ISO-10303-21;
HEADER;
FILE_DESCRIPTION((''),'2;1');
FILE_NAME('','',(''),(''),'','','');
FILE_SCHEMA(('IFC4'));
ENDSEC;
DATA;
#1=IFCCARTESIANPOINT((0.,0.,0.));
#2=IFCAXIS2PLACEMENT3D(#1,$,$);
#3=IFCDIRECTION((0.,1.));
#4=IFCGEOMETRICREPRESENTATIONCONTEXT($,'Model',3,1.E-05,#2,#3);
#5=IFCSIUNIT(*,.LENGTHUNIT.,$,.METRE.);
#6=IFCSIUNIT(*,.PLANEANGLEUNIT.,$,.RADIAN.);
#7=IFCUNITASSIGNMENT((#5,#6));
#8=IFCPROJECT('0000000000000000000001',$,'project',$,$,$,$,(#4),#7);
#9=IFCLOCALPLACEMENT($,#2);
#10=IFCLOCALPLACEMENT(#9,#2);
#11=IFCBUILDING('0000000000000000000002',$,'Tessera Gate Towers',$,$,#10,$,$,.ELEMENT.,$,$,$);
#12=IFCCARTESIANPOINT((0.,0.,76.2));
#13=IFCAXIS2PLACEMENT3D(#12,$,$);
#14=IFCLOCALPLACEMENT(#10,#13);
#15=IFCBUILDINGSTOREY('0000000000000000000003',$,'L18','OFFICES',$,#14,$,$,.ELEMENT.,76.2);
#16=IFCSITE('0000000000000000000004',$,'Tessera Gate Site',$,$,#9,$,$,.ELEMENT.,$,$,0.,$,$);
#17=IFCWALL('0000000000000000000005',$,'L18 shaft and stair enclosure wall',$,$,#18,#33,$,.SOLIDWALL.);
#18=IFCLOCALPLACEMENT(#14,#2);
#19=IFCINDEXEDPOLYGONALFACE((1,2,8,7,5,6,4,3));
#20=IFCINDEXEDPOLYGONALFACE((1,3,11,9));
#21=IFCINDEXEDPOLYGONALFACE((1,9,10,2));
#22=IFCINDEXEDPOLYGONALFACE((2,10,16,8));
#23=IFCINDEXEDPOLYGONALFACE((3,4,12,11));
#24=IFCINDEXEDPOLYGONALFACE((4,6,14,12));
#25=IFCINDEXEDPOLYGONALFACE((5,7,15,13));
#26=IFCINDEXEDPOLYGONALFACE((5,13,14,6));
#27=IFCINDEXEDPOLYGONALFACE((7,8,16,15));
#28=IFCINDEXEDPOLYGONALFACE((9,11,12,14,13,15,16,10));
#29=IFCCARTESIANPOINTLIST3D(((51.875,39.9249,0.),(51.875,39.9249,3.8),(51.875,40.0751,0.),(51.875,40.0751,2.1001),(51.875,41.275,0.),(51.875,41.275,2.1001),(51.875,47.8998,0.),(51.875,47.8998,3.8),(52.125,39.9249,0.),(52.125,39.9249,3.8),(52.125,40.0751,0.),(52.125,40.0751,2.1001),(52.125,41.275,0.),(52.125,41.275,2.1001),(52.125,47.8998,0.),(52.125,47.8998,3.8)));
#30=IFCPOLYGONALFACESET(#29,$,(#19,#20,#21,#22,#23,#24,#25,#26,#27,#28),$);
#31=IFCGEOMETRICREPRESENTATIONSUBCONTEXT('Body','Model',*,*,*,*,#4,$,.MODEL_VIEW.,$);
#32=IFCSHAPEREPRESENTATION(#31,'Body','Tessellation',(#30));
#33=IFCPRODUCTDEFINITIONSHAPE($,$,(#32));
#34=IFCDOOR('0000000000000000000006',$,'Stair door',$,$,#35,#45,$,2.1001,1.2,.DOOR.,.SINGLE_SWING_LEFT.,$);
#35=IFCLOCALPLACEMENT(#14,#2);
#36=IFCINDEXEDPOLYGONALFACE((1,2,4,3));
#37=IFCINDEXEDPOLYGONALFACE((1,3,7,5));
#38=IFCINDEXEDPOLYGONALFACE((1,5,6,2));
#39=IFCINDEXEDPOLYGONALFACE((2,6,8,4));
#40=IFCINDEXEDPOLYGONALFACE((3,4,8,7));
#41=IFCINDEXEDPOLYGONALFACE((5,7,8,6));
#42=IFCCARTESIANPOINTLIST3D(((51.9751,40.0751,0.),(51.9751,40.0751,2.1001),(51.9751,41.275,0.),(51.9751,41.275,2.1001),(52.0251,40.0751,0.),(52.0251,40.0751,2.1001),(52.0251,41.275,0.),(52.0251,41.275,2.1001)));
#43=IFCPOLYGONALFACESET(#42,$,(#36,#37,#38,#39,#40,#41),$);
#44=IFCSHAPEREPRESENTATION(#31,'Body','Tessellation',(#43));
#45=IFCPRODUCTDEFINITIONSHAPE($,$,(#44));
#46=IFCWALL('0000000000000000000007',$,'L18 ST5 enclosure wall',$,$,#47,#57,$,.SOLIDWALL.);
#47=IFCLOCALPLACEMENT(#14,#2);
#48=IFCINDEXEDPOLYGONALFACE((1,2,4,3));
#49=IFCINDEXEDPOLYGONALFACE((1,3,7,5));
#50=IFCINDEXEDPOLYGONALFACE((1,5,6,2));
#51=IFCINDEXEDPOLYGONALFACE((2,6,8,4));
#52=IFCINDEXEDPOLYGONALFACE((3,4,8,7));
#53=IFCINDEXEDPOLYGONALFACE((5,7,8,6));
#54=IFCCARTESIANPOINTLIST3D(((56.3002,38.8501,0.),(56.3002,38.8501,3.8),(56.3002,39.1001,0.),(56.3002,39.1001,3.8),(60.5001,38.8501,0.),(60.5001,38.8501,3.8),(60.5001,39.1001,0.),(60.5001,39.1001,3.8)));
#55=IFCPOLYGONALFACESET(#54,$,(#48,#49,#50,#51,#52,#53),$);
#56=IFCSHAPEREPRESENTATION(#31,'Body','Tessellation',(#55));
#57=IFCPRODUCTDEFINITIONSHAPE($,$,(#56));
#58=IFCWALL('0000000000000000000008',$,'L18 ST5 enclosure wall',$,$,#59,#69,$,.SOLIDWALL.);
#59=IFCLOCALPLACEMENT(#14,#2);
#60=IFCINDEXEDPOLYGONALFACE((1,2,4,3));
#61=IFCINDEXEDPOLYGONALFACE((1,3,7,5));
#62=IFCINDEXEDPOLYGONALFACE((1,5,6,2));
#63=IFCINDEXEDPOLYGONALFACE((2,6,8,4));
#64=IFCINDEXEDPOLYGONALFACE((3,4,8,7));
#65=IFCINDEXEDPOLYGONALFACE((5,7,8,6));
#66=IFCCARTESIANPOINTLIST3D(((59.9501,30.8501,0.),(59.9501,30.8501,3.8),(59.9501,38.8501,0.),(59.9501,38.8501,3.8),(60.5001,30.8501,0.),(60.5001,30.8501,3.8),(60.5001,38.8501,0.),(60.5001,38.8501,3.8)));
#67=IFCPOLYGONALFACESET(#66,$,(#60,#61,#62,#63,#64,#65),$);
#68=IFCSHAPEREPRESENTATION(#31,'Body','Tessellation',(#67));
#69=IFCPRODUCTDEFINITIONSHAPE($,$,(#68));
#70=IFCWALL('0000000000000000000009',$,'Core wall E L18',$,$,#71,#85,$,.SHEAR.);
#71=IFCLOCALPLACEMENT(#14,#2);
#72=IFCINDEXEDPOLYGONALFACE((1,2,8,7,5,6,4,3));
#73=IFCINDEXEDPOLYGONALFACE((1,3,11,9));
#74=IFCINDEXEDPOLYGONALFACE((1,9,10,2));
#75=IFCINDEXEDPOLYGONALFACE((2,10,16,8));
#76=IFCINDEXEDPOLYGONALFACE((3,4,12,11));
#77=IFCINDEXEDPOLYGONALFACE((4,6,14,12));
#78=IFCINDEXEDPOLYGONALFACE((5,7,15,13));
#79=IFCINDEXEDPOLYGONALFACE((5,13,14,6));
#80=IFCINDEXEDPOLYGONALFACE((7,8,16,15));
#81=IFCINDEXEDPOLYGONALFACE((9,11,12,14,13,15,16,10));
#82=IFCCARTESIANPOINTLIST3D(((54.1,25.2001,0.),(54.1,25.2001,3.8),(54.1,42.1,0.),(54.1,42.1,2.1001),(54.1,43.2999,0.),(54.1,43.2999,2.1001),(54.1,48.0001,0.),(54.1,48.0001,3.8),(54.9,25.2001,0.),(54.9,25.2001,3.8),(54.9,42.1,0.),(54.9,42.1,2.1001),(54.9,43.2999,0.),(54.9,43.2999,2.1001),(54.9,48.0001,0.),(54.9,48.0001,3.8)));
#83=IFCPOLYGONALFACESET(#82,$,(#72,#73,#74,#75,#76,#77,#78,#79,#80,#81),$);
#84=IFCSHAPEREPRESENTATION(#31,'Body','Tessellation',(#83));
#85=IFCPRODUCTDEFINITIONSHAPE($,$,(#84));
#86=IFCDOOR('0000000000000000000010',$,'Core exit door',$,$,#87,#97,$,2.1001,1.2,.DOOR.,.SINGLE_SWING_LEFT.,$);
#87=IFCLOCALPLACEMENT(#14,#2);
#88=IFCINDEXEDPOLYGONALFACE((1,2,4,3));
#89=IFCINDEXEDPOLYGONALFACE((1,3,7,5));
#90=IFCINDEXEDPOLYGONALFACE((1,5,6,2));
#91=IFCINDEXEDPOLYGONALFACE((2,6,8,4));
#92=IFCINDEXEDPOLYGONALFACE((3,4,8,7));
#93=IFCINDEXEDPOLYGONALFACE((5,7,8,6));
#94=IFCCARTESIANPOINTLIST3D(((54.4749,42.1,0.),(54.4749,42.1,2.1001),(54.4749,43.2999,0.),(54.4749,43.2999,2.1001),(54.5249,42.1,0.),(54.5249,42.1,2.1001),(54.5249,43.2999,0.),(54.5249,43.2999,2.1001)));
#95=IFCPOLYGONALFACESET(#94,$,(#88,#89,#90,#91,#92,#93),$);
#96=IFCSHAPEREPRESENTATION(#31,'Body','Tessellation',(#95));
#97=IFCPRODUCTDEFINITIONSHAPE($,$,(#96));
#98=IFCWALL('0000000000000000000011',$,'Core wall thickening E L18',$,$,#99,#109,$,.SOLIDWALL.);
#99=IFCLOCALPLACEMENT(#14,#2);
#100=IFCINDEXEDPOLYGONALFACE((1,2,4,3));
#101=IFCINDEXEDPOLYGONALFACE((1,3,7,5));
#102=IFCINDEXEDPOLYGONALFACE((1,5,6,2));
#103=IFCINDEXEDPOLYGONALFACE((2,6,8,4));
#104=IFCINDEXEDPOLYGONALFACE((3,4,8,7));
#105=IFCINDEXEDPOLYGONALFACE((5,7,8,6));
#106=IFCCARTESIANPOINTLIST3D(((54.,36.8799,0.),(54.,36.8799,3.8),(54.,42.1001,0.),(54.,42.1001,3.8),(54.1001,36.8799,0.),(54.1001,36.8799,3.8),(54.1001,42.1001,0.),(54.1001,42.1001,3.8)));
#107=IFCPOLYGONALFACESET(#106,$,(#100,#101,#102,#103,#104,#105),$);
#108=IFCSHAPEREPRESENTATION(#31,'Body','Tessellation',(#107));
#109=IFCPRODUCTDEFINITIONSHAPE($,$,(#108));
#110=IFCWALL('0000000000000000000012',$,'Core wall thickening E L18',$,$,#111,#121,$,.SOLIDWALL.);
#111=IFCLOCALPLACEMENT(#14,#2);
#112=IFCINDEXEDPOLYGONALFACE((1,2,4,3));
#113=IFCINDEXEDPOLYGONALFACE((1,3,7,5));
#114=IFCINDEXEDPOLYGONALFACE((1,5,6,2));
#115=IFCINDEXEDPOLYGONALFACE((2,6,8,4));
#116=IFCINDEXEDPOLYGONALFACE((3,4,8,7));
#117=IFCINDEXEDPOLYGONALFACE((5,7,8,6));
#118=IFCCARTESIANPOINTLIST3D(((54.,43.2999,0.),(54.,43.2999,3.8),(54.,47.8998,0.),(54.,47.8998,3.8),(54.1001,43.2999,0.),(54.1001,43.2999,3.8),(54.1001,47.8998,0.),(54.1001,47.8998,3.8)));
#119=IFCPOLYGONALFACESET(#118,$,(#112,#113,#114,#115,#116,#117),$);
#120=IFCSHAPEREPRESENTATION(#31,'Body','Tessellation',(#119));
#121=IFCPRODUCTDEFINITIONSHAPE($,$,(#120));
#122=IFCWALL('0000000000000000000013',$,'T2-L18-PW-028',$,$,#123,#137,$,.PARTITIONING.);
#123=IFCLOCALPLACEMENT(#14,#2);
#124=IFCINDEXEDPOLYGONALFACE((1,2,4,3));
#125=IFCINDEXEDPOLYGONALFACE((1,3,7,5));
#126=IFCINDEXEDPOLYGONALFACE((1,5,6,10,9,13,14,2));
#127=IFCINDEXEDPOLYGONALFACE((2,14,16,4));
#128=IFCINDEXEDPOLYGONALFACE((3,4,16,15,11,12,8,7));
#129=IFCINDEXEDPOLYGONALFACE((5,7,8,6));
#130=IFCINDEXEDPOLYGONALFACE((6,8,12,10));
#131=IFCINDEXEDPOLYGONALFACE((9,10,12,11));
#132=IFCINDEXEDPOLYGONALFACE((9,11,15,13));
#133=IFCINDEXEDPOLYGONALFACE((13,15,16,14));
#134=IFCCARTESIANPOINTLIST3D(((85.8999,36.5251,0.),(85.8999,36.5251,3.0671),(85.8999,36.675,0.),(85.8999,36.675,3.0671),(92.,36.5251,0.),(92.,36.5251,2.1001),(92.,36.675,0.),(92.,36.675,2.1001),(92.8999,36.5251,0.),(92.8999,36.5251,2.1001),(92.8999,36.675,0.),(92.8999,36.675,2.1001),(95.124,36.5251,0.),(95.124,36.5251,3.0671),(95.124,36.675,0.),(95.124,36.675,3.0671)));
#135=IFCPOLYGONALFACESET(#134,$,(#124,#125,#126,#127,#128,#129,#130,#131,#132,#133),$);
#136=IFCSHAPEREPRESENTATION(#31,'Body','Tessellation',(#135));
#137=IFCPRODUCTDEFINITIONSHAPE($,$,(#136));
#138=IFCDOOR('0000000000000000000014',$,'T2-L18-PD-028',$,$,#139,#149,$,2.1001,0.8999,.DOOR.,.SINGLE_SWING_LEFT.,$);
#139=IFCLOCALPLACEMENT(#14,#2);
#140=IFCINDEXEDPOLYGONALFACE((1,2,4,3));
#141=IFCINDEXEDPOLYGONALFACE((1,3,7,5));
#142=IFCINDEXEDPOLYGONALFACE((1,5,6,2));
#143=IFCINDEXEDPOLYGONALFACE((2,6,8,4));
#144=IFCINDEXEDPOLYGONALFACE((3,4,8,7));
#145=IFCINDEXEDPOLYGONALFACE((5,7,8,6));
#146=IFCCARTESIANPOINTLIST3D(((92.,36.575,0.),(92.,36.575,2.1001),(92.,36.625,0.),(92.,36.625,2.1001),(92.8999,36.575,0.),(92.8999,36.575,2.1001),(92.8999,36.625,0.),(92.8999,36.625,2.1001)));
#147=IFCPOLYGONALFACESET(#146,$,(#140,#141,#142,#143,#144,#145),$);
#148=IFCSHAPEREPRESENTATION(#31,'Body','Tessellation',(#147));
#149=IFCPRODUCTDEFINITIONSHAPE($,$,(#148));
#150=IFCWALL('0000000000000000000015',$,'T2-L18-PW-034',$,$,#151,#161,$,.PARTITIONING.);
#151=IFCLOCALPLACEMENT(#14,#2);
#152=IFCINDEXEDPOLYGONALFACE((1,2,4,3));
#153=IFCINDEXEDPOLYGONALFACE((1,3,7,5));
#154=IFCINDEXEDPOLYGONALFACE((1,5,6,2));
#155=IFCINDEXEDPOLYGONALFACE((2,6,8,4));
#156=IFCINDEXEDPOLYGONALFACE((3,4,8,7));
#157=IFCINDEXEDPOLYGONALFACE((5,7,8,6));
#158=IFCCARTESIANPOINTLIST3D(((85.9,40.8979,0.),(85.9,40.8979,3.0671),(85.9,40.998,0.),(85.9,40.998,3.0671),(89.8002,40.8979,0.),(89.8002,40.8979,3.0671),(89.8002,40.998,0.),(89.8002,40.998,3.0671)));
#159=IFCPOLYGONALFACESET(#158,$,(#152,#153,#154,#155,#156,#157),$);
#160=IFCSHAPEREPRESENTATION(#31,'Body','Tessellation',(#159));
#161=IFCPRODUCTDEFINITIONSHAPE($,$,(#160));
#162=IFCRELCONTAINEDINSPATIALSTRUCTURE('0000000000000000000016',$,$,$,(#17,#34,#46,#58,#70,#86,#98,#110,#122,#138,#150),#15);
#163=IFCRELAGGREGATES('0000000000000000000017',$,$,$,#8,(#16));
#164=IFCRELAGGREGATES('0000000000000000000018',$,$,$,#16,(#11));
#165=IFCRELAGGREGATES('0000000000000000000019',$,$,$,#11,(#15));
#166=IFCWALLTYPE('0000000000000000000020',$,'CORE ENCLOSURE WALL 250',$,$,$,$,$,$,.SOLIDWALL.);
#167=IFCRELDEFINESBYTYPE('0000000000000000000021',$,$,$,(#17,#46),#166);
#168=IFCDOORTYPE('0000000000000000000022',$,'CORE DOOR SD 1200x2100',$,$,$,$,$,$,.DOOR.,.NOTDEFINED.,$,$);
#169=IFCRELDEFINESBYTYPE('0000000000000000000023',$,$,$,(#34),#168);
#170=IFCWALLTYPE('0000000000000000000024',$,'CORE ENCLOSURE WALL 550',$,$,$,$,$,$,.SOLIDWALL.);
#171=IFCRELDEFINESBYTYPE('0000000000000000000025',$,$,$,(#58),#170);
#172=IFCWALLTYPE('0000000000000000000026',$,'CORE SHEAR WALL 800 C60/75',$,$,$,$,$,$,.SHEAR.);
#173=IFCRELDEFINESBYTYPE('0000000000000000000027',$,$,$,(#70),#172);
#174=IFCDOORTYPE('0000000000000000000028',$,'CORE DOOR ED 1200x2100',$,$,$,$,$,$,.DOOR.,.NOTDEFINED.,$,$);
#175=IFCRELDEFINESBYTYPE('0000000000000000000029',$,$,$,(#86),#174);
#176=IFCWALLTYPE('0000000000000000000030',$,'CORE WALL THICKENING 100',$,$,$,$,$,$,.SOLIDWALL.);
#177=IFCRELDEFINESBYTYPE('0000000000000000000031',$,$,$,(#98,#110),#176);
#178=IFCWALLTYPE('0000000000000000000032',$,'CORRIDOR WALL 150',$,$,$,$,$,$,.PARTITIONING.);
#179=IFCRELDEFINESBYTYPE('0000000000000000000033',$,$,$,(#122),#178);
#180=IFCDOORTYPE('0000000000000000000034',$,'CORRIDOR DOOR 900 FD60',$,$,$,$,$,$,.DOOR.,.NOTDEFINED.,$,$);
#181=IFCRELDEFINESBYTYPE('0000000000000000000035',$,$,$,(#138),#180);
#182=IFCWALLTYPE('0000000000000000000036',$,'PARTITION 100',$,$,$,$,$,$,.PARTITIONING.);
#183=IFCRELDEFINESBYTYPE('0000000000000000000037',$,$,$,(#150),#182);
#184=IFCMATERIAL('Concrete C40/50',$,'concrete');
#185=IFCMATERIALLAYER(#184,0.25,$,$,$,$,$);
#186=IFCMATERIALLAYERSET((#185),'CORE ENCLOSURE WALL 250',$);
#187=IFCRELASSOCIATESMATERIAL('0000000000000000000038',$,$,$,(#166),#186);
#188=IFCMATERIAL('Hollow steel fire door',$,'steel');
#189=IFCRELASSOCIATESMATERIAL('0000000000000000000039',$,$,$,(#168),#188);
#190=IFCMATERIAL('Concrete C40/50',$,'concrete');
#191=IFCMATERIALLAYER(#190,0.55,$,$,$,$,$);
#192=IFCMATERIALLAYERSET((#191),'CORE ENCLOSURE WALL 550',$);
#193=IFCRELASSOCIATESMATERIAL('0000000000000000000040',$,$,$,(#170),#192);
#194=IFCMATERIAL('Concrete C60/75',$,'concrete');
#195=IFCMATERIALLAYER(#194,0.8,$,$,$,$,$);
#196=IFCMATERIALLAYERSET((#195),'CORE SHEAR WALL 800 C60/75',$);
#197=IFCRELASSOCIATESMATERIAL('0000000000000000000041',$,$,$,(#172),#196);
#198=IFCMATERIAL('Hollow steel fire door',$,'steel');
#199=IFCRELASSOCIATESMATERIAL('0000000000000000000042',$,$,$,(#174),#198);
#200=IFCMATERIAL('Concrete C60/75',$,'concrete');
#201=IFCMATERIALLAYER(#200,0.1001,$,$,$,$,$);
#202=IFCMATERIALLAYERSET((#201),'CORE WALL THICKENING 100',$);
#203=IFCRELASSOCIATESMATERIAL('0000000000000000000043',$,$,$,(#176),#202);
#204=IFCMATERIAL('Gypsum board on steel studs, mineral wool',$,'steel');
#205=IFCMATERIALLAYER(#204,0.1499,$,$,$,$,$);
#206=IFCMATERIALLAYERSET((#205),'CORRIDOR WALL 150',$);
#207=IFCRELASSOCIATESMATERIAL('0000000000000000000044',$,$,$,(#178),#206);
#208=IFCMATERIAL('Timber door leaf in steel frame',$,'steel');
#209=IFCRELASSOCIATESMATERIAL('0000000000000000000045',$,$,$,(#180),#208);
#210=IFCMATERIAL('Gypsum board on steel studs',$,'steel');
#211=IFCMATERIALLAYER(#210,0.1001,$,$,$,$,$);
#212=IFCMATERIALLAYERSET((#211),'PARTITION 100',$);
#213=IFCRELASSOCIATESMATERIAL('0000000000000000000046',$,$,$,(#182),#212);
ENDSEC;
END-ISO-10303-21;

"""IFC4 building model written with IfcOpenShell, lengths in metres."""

from ifc_helpers import new_model, si_unit, direction, frame, frame_2d, origin, place, context, subcontext, project, spatial, rectangle, extrude, source, transform, mapped, material, layer, layer_set, type_object, element, fill, save


model = new_model("IFC4")

# Units and contexts
model_context = context("Model", 3, precision=1e-05, world=origin(), true_north=direction((0.0, 1.0)))
body_context = subcontext(model_context, "Body", "Model", "MODEL_VIEW")
ifc_project = project(units=[si_unit("LENGTHUNIT", "METRE"), si_unit("PLANEANGLEUNIT", "RADIAN")], contexts=[model_context])

# Site, building, storey
site_placement = place(None, origin())
site = spatial("IfcSite", under=ifc_project, at=site_placement, Name="Tessera Gate Site", CompositionType="ELEMENT", RefElevation=0.0)
building_placement = place(site_placement, origin())
building = spatial("IfcBuilding", under=site, at=building_placement, Name="Tessera Gate Towers", CompositionType="ELEMENT")
storey_placement = place(building_placement, frame((0.0, 0.0, 76.2)))
storey = spatial("IfcBuildingStorey", under=building, at=storey_placement, Name="L18", Description="OFFICES", CompositionType="ELEMENT", Elevation=76.2)

# Wall, opening, door
ifc_material_1 = material(Name="Concrete C40/50", Category="concrete")
ifc_layer_1 = layer(ifc_material_1, 0.25)
ifc_layer_set_1 = layer_set([ifc_layer_1], Name="CORE ENCLOSURE WALL 250")
wall_type_1 = type_object("IfcWallType", Name="CORE ENCLOSURE WALL 250", PredefinedType="SOLIDWALL", material=ifc_layer_set_1)
wall_1_placement = place(storey_placement, frame((52.0, 39.925, 0.0), z_axis=(0.0, 0.0, 1.0), x_axis=(0.0, 1.0, 0.0)))
wall_1 = element("IfcWall", 1, at=wall_1_placement, inside=storey, type_object=wall_type_1, Name="L18 shaft and stair enclosure wall", PredefinedType="SOLIDWALL", context=body_context, shape_type="SweptSolid", body=[
    extrude(rectangle(XDim=7.9749, YDim=0.25, at=frame_2d((3.9873, 0.0))), origin(), (0.0, 0.0, 1.0), 3.8),
])
shared_shape_1 = source(origin(), body_context, "Body", "SweptSolid", [
    extrude(rectangle(XDim=1.2, YDim=2.1001, at=frame_2d((0.6001, 1.05))), frame((0.0, 0.135, 0.0), z_axis=(0.0, -1.0, 0.0), x_axis=(1.0, 0.0, 0.0)), (0.0, 0.0, 1.0), 0.27),
])
opening_1_placement = place(wall_1_placement, frame((0.1499, 0.0, 0.0)))
opening_1 = element("IfcOpeningElement", 2, at=opening_1_placement, cuts=wall_1, PredefinedType="OPENING", context=body_context, shape_type="MappedRepresentation", body=[
    mapped(shared_shape_1, transform((0.0, 0.0, 0.0), scale=1.0)),
])
ifc_material_2 = material(Name="Hollow steel fire door", Category="steel")
door_type_1 = type_object("IfcDoorType", Name="CORE DOOR SD 1200x2100", OperationType="NOTDEFINED", PredefinedType="DOOR", material=ifc_material_2)
shared_shape_2 = source(origin(), body_context, "Body", "SweptSolid", [
    extrude(rectangle(XDim=1.2, YDim=2.1001, at=frame_2d((0.6001, 1.05))), frame((0.0, 0.0249, 0.0), z_axis=(0.0, -1.0, 0.0), x_axis=(1.0, 0.0, 0.0)), (0.0, 0.0, 1.0), 0.05),
])
door_1_placement = place(opening_1_placement, origin())
door_1 = element("IfcDoor", 3, at=door_1_placement, inside=storey, type_object=door_type_1, Name="Stair door", OperationType="SINGLE_SWING_LEFT", OverallHeight=2.1001, OverallWidth=1.2, PredefinedType="DOOR", context=body_context, shape_type="MappedRepresentation", body=[
    mapped(shared_shape_2, transform((0.0, 0.0, 0.0), scale=1.0)),
])
fill(opening_1, door_1)

# Walls
wall_2_placement = place(storey_placement, frame((56.3, 38.9751, 0.0), z_axis=(0.0, 0.0, 1.0), x_axis=(1.0, 0.0, 0.0)))
element("IfcWall", 4, at=wall_2_placement, inside=storey, type_object=wall_type_1, Name="L18 ST5 enclosure wall", PredefinedType="SOLIDWALL", context=body_context, shape_type="SweptSolid", body=[
    extrude(rectangle(XDim=4.2, YDim=0.25, at=frame_2d((2.1001, 0.0))), origin(), (0.0, 0.0, 1.0), 3.8),
])
ifc_material_3 = material(Name="Concrete C40/50", Category="concrete")
ifc_layer_2 = layer(ifc_material_3, 0.55)
ifc_layer_set_2 = layer_set([ifc_layer_2], Name="CORE ENCLOSURE WALL 550")
wall_type_2 = type_object("IfcWallType", Name="CORE ENCLOSURE WALL 550", PredefinedType="SOLIDWALL", material=ifc_layer_set_2)
wall_3_placement = place(storey_placement, frame((60.2251, 38.8501, 0.0), z_axis=(0.0, 0.0, 1.0), x_axis=(0.0, -1.0, 0.0)))
element("IfcWall", 5, at=wall_3_placement, inside=storey, type_object=wall_type_2, Name="L18 ST5 enclosure wall", PredefinedType="SOLIDWALL", context=body_context, shape_type="SweptSolid", body=[
    extrude(rectangle(XDim=8.0, YDim=0.55, at=frame_2d((4.0, 0.0))), origin(), (0.0, 0.0, 1.0), 3.8),
])

# Wall, opening, door
ifc_material_4 = material(Name="Concrete C60/75", Category="concrete")
ifc_layer_3 = layer(ifc_material_4, 0.8)
ifc_layer_set_3 = layer_set([ifc_layer_3], Name="CORE SHEAR WALL 800 C60/75")
wall_type_3 = type_object("IfcWallType", Name="CORE SHEAR WALL 800 C60/75", PredefinedType="SHEAR", material=ifc_layer_set_3)
wall_4_placement = place(storey_placement, frame((54.5, 48.0, 0.0), z_axis=(0.0, 0.0, 1.0), x_axis=(0.0, -1.0, 0.0)))
wall_4 = element("IfcWall", 6, at=wall_4_placement, inside=storey, type_object=wall_type_3, Name="Core wall E L18", PredefinedType="SHEAR", context=body_context, shape_type="SweptSolid", body=[
    extrude(rectangle(XDim=22.8, YDim=0.8, at=frame_2d((11.3999, 0.0))), origin(), (0.0, 0.0, 1.0), 3.8),
])
shared_shape_3 = source(origin(), body_context, "Body", "SweptSolid", [
    extrude(rectangle(XDim=1.2, YDim=2.1001, at=frame_2d((0.6001, 1.05))), frame((0.0, 0.4099, 0.0), z_axis=(0.0, -1.0, 0.0), x_axis=(1.0, 0.0, 0.0)), (0.0, 0.0, 1.0), 0.8201),
])
opening_2_placement = place(wall_4_placement, frame((4.7, 0.0, 0.0)))
opening_2 = element("IfcOpeningElement", 7, at=opening_2_placement, cuts=wall_4, PredefinedType="OPENING", context=body_context, shape_type="MappedRepresentation", body=[
    mapped(shared_shape_3, transform((0.0, 0.0, 0.0), scale=1.0)),
])
ifc_material_5 = material(Name="Hollow steel fire door", Category="steel")
door_type_2 = type_object("IfcDoorType", Name="CORE DOOR ED 1200x2100", OperationType="NOTDEFINED", PredefinedType="DOOR", material=ifc_material_5)
door_2_placement = place(opening_2_placement, origin())
door_2 = element("IfcDoor", 8, at=door_2_placement, inside=storey, type_object=door_type_2, Name="Core exit door", OperationType="SINGLE_SWING_LEFT", OverallHeight=2.1001, OverallWidth=1.2, PredefinedType="DOOR", context=body_context, shape_type="MappedRepresentation", body=[
    mapped(shared_shape_2, transform((0.0, 0.0, 0.0), scale=1.0)),
])
fill(opening_2, door_2)

# Walls
ifc_material_6 = material(Name="Concrete C60/75", Category="concrete")
ifc_layer_4 = layer(ifc_material_6, 0.1001)
ifc_layer_set_4 = layer_set([ifc_layer_4], Name="CORE WALL THICKENING 100")
wall_type_4 = type_object("IfcWallType", Name="CORE WALL THICKENING 100", PredefinedType="SOLIDWALL", material=ifc_layer_set_4)
wall_5_placement = place(storey_placement, frame((54.05, 36.8799, 0.0), z_axis=(0.0, 0.0, 1.0), x_axis=(0.0, 1.0, 0.0)))
element("IfcWall", 9, at=wall_5_placement, inside=storey, type_object=wall_type_4, Name="Core wall thickening E L18", PredefinedType="SOLIDWALL", context=body_context, shape_type="SweptSolid", body=[
    extrude(rectangle(XDim=5.2202, YDim=0.1001, at=frame_2d((2.6101, 0.0))), origin(), (0.0, 0.0, 1.0), 3.8),
])
wall_6_placement = place(storey_placement, frame((54.05, 43.3, 0.0), z_axis=(0.0, 0.0, 1.0), x_axis=(0.0, 1.0, 0.0)))
element("IfcWall", 10, at=wall_6_placement, inside=storey, type_object=wall_type_4, Name="Core wall thickening E L18", PredefinedType="SOLIDWALL", context=body_context, shape_type="SweptSolid", body=[
    extrude(rectangle(XDim=4.5999, YDim=0.1001, at=frame_2d((2.2998, 0.0))), origin(), (0.0, 0.0, 1.0), 3.8),
])

# Wall, opening, door
ifc_material_7 = material(Name="Gypsum board on steel studs, mineral wool", Category="steel")
ifc_layer_5 = layer(ifc_material_7, 0.1499)
ifc_layer_set_5 = layer_set([ifc_layer_5], Name="CORRIDOR WALL 150")
wall_type_5 = type_object("IfcWallType", Name="CORRIDOR WALL 150", PredefinedType="PARTITIONING", material=ifc_layer_set_5)
wall_7_placement = place(storey_placement, frame((85.8999, 36.6001, 0.0), z_axis=(0.0, 0.0, 1.0), x_axis=(1.0, 0.0, 0.0)))
wall_7 = element("IfcWall", 11, at=wall_7_placement, inside=storey, type_object=wall_type_5, Name="T2-L18-PW-028", PredefinedType="PARTITIONING", context=body_context, shape_type="SweptSolid", body=[
    extrude(rectangle(XDim=9.2241, YDim=0.1499, at=frame_2d((4.6121, 0.0))), origin(), (0.0, 0.0, 1.0), 3.0671),
])
shared_shape_4 = source(origin(), body_context, "Body", "SweptSolid", [
    extrude(rectangle(XDim=0.8999, YDim=2.1001, at=frame_2d((0.45, 1.05))), frame((0.0, 0.085, 0.0), z_axis=(0.0, -1.0, 0.0), x_axis=(1.0, 0.0, 0.0)), (0.0, 0.0, 1.0), 0.1699),
])
opening_3_placement = place(wall_7_placement, frame((6.1001, 0.0, 0.0)))
opening_3 = element("IfcOpeningElement", 12, at=opening_3_placement, cuts=wall_7, PredefinedType="OPENING", context=body_context, shape_type="MappedRepresentation", body=[
    mapped(shared_shape_4, transform((0.0, 0.0, 0.0), scale=1.0)),
])
ifc_material_8 = material(Name="Timber door leaf in steel frame", Category="steel")
door_type_3 = type_object("IfcDoorType", Name="CORRIDOR DOOR 900 FD60", OperationType="NOTDEFINED", PredefinedType="DOOR", material=ifc_material_8)
shared_shape_5 = source(origin(), body_context, "Body", "SweptSolid", [
    extrude(rectangle(XDim=0.8999, YDim=2.1001, at=frame_2d((0.45, 1.05))), frame((0.0, 0.0249, 0.0), z_axis=(0.0, -1.0, 0.0), x_axis=(1.0, 0.0, 0.0)), (0.0, 0.0, 1.0), 0.05),
])
door_3_placement = place(opening_3_placement, origin())
door_3 = element("IfcDoor", 13, at=door_3_placement, inside=storey, type_object=door_type_3, Name="T2-L18-PD-028", OperationType="SINGLE_SWING_LEFT", OverallHeight=2.1001, OverallWidth=0.8999, PredefinedType="DOOR", context=body_context, shape_type="MappedRepresentation", body=[
    mapped(shared_shape_5, transform((0.0, 0.0, 0.0), scale=1.0)),
])
fill(opening_3, door_3)

# Wall
ifc_material_9 = material(Name="Gypsum board on steel studs", Category="steel")
ifc_layer_6 = layer(ifc_material_9, 0.1001)
ifc_layer_set_6 = layer_set([ifc_layer_6], Name="PARTITION 100")
wall_type_6 = type_object("IfcWallType", Name="PARTITION 100", PredefinedType="PARTITIONING", material=ifc_layer_set_6)
wall_8_placement = place(storey_placement, frame((85.8999, 40.948, 0.0), z_axis=(0.0, 0.0, 1.0), x_axis=(1.0, 0.0, 0.0)))
element("IfcWall", 14, at=wall_8_placement, inside=storey, type_object=wall_type_6, Name="T2-L18-PW-034", PredefinedType="PARTITIONING", context=body_context, shape_type="SweptSolid", body=[
    extrude(rectangle(XDim=3.9001, YDim=0.1001, at=frame_2d((1.9502, 0.0))), origin(), (0.0, 0.0, 1.0), 3.0671),
])

save(model, "model.ifc")
